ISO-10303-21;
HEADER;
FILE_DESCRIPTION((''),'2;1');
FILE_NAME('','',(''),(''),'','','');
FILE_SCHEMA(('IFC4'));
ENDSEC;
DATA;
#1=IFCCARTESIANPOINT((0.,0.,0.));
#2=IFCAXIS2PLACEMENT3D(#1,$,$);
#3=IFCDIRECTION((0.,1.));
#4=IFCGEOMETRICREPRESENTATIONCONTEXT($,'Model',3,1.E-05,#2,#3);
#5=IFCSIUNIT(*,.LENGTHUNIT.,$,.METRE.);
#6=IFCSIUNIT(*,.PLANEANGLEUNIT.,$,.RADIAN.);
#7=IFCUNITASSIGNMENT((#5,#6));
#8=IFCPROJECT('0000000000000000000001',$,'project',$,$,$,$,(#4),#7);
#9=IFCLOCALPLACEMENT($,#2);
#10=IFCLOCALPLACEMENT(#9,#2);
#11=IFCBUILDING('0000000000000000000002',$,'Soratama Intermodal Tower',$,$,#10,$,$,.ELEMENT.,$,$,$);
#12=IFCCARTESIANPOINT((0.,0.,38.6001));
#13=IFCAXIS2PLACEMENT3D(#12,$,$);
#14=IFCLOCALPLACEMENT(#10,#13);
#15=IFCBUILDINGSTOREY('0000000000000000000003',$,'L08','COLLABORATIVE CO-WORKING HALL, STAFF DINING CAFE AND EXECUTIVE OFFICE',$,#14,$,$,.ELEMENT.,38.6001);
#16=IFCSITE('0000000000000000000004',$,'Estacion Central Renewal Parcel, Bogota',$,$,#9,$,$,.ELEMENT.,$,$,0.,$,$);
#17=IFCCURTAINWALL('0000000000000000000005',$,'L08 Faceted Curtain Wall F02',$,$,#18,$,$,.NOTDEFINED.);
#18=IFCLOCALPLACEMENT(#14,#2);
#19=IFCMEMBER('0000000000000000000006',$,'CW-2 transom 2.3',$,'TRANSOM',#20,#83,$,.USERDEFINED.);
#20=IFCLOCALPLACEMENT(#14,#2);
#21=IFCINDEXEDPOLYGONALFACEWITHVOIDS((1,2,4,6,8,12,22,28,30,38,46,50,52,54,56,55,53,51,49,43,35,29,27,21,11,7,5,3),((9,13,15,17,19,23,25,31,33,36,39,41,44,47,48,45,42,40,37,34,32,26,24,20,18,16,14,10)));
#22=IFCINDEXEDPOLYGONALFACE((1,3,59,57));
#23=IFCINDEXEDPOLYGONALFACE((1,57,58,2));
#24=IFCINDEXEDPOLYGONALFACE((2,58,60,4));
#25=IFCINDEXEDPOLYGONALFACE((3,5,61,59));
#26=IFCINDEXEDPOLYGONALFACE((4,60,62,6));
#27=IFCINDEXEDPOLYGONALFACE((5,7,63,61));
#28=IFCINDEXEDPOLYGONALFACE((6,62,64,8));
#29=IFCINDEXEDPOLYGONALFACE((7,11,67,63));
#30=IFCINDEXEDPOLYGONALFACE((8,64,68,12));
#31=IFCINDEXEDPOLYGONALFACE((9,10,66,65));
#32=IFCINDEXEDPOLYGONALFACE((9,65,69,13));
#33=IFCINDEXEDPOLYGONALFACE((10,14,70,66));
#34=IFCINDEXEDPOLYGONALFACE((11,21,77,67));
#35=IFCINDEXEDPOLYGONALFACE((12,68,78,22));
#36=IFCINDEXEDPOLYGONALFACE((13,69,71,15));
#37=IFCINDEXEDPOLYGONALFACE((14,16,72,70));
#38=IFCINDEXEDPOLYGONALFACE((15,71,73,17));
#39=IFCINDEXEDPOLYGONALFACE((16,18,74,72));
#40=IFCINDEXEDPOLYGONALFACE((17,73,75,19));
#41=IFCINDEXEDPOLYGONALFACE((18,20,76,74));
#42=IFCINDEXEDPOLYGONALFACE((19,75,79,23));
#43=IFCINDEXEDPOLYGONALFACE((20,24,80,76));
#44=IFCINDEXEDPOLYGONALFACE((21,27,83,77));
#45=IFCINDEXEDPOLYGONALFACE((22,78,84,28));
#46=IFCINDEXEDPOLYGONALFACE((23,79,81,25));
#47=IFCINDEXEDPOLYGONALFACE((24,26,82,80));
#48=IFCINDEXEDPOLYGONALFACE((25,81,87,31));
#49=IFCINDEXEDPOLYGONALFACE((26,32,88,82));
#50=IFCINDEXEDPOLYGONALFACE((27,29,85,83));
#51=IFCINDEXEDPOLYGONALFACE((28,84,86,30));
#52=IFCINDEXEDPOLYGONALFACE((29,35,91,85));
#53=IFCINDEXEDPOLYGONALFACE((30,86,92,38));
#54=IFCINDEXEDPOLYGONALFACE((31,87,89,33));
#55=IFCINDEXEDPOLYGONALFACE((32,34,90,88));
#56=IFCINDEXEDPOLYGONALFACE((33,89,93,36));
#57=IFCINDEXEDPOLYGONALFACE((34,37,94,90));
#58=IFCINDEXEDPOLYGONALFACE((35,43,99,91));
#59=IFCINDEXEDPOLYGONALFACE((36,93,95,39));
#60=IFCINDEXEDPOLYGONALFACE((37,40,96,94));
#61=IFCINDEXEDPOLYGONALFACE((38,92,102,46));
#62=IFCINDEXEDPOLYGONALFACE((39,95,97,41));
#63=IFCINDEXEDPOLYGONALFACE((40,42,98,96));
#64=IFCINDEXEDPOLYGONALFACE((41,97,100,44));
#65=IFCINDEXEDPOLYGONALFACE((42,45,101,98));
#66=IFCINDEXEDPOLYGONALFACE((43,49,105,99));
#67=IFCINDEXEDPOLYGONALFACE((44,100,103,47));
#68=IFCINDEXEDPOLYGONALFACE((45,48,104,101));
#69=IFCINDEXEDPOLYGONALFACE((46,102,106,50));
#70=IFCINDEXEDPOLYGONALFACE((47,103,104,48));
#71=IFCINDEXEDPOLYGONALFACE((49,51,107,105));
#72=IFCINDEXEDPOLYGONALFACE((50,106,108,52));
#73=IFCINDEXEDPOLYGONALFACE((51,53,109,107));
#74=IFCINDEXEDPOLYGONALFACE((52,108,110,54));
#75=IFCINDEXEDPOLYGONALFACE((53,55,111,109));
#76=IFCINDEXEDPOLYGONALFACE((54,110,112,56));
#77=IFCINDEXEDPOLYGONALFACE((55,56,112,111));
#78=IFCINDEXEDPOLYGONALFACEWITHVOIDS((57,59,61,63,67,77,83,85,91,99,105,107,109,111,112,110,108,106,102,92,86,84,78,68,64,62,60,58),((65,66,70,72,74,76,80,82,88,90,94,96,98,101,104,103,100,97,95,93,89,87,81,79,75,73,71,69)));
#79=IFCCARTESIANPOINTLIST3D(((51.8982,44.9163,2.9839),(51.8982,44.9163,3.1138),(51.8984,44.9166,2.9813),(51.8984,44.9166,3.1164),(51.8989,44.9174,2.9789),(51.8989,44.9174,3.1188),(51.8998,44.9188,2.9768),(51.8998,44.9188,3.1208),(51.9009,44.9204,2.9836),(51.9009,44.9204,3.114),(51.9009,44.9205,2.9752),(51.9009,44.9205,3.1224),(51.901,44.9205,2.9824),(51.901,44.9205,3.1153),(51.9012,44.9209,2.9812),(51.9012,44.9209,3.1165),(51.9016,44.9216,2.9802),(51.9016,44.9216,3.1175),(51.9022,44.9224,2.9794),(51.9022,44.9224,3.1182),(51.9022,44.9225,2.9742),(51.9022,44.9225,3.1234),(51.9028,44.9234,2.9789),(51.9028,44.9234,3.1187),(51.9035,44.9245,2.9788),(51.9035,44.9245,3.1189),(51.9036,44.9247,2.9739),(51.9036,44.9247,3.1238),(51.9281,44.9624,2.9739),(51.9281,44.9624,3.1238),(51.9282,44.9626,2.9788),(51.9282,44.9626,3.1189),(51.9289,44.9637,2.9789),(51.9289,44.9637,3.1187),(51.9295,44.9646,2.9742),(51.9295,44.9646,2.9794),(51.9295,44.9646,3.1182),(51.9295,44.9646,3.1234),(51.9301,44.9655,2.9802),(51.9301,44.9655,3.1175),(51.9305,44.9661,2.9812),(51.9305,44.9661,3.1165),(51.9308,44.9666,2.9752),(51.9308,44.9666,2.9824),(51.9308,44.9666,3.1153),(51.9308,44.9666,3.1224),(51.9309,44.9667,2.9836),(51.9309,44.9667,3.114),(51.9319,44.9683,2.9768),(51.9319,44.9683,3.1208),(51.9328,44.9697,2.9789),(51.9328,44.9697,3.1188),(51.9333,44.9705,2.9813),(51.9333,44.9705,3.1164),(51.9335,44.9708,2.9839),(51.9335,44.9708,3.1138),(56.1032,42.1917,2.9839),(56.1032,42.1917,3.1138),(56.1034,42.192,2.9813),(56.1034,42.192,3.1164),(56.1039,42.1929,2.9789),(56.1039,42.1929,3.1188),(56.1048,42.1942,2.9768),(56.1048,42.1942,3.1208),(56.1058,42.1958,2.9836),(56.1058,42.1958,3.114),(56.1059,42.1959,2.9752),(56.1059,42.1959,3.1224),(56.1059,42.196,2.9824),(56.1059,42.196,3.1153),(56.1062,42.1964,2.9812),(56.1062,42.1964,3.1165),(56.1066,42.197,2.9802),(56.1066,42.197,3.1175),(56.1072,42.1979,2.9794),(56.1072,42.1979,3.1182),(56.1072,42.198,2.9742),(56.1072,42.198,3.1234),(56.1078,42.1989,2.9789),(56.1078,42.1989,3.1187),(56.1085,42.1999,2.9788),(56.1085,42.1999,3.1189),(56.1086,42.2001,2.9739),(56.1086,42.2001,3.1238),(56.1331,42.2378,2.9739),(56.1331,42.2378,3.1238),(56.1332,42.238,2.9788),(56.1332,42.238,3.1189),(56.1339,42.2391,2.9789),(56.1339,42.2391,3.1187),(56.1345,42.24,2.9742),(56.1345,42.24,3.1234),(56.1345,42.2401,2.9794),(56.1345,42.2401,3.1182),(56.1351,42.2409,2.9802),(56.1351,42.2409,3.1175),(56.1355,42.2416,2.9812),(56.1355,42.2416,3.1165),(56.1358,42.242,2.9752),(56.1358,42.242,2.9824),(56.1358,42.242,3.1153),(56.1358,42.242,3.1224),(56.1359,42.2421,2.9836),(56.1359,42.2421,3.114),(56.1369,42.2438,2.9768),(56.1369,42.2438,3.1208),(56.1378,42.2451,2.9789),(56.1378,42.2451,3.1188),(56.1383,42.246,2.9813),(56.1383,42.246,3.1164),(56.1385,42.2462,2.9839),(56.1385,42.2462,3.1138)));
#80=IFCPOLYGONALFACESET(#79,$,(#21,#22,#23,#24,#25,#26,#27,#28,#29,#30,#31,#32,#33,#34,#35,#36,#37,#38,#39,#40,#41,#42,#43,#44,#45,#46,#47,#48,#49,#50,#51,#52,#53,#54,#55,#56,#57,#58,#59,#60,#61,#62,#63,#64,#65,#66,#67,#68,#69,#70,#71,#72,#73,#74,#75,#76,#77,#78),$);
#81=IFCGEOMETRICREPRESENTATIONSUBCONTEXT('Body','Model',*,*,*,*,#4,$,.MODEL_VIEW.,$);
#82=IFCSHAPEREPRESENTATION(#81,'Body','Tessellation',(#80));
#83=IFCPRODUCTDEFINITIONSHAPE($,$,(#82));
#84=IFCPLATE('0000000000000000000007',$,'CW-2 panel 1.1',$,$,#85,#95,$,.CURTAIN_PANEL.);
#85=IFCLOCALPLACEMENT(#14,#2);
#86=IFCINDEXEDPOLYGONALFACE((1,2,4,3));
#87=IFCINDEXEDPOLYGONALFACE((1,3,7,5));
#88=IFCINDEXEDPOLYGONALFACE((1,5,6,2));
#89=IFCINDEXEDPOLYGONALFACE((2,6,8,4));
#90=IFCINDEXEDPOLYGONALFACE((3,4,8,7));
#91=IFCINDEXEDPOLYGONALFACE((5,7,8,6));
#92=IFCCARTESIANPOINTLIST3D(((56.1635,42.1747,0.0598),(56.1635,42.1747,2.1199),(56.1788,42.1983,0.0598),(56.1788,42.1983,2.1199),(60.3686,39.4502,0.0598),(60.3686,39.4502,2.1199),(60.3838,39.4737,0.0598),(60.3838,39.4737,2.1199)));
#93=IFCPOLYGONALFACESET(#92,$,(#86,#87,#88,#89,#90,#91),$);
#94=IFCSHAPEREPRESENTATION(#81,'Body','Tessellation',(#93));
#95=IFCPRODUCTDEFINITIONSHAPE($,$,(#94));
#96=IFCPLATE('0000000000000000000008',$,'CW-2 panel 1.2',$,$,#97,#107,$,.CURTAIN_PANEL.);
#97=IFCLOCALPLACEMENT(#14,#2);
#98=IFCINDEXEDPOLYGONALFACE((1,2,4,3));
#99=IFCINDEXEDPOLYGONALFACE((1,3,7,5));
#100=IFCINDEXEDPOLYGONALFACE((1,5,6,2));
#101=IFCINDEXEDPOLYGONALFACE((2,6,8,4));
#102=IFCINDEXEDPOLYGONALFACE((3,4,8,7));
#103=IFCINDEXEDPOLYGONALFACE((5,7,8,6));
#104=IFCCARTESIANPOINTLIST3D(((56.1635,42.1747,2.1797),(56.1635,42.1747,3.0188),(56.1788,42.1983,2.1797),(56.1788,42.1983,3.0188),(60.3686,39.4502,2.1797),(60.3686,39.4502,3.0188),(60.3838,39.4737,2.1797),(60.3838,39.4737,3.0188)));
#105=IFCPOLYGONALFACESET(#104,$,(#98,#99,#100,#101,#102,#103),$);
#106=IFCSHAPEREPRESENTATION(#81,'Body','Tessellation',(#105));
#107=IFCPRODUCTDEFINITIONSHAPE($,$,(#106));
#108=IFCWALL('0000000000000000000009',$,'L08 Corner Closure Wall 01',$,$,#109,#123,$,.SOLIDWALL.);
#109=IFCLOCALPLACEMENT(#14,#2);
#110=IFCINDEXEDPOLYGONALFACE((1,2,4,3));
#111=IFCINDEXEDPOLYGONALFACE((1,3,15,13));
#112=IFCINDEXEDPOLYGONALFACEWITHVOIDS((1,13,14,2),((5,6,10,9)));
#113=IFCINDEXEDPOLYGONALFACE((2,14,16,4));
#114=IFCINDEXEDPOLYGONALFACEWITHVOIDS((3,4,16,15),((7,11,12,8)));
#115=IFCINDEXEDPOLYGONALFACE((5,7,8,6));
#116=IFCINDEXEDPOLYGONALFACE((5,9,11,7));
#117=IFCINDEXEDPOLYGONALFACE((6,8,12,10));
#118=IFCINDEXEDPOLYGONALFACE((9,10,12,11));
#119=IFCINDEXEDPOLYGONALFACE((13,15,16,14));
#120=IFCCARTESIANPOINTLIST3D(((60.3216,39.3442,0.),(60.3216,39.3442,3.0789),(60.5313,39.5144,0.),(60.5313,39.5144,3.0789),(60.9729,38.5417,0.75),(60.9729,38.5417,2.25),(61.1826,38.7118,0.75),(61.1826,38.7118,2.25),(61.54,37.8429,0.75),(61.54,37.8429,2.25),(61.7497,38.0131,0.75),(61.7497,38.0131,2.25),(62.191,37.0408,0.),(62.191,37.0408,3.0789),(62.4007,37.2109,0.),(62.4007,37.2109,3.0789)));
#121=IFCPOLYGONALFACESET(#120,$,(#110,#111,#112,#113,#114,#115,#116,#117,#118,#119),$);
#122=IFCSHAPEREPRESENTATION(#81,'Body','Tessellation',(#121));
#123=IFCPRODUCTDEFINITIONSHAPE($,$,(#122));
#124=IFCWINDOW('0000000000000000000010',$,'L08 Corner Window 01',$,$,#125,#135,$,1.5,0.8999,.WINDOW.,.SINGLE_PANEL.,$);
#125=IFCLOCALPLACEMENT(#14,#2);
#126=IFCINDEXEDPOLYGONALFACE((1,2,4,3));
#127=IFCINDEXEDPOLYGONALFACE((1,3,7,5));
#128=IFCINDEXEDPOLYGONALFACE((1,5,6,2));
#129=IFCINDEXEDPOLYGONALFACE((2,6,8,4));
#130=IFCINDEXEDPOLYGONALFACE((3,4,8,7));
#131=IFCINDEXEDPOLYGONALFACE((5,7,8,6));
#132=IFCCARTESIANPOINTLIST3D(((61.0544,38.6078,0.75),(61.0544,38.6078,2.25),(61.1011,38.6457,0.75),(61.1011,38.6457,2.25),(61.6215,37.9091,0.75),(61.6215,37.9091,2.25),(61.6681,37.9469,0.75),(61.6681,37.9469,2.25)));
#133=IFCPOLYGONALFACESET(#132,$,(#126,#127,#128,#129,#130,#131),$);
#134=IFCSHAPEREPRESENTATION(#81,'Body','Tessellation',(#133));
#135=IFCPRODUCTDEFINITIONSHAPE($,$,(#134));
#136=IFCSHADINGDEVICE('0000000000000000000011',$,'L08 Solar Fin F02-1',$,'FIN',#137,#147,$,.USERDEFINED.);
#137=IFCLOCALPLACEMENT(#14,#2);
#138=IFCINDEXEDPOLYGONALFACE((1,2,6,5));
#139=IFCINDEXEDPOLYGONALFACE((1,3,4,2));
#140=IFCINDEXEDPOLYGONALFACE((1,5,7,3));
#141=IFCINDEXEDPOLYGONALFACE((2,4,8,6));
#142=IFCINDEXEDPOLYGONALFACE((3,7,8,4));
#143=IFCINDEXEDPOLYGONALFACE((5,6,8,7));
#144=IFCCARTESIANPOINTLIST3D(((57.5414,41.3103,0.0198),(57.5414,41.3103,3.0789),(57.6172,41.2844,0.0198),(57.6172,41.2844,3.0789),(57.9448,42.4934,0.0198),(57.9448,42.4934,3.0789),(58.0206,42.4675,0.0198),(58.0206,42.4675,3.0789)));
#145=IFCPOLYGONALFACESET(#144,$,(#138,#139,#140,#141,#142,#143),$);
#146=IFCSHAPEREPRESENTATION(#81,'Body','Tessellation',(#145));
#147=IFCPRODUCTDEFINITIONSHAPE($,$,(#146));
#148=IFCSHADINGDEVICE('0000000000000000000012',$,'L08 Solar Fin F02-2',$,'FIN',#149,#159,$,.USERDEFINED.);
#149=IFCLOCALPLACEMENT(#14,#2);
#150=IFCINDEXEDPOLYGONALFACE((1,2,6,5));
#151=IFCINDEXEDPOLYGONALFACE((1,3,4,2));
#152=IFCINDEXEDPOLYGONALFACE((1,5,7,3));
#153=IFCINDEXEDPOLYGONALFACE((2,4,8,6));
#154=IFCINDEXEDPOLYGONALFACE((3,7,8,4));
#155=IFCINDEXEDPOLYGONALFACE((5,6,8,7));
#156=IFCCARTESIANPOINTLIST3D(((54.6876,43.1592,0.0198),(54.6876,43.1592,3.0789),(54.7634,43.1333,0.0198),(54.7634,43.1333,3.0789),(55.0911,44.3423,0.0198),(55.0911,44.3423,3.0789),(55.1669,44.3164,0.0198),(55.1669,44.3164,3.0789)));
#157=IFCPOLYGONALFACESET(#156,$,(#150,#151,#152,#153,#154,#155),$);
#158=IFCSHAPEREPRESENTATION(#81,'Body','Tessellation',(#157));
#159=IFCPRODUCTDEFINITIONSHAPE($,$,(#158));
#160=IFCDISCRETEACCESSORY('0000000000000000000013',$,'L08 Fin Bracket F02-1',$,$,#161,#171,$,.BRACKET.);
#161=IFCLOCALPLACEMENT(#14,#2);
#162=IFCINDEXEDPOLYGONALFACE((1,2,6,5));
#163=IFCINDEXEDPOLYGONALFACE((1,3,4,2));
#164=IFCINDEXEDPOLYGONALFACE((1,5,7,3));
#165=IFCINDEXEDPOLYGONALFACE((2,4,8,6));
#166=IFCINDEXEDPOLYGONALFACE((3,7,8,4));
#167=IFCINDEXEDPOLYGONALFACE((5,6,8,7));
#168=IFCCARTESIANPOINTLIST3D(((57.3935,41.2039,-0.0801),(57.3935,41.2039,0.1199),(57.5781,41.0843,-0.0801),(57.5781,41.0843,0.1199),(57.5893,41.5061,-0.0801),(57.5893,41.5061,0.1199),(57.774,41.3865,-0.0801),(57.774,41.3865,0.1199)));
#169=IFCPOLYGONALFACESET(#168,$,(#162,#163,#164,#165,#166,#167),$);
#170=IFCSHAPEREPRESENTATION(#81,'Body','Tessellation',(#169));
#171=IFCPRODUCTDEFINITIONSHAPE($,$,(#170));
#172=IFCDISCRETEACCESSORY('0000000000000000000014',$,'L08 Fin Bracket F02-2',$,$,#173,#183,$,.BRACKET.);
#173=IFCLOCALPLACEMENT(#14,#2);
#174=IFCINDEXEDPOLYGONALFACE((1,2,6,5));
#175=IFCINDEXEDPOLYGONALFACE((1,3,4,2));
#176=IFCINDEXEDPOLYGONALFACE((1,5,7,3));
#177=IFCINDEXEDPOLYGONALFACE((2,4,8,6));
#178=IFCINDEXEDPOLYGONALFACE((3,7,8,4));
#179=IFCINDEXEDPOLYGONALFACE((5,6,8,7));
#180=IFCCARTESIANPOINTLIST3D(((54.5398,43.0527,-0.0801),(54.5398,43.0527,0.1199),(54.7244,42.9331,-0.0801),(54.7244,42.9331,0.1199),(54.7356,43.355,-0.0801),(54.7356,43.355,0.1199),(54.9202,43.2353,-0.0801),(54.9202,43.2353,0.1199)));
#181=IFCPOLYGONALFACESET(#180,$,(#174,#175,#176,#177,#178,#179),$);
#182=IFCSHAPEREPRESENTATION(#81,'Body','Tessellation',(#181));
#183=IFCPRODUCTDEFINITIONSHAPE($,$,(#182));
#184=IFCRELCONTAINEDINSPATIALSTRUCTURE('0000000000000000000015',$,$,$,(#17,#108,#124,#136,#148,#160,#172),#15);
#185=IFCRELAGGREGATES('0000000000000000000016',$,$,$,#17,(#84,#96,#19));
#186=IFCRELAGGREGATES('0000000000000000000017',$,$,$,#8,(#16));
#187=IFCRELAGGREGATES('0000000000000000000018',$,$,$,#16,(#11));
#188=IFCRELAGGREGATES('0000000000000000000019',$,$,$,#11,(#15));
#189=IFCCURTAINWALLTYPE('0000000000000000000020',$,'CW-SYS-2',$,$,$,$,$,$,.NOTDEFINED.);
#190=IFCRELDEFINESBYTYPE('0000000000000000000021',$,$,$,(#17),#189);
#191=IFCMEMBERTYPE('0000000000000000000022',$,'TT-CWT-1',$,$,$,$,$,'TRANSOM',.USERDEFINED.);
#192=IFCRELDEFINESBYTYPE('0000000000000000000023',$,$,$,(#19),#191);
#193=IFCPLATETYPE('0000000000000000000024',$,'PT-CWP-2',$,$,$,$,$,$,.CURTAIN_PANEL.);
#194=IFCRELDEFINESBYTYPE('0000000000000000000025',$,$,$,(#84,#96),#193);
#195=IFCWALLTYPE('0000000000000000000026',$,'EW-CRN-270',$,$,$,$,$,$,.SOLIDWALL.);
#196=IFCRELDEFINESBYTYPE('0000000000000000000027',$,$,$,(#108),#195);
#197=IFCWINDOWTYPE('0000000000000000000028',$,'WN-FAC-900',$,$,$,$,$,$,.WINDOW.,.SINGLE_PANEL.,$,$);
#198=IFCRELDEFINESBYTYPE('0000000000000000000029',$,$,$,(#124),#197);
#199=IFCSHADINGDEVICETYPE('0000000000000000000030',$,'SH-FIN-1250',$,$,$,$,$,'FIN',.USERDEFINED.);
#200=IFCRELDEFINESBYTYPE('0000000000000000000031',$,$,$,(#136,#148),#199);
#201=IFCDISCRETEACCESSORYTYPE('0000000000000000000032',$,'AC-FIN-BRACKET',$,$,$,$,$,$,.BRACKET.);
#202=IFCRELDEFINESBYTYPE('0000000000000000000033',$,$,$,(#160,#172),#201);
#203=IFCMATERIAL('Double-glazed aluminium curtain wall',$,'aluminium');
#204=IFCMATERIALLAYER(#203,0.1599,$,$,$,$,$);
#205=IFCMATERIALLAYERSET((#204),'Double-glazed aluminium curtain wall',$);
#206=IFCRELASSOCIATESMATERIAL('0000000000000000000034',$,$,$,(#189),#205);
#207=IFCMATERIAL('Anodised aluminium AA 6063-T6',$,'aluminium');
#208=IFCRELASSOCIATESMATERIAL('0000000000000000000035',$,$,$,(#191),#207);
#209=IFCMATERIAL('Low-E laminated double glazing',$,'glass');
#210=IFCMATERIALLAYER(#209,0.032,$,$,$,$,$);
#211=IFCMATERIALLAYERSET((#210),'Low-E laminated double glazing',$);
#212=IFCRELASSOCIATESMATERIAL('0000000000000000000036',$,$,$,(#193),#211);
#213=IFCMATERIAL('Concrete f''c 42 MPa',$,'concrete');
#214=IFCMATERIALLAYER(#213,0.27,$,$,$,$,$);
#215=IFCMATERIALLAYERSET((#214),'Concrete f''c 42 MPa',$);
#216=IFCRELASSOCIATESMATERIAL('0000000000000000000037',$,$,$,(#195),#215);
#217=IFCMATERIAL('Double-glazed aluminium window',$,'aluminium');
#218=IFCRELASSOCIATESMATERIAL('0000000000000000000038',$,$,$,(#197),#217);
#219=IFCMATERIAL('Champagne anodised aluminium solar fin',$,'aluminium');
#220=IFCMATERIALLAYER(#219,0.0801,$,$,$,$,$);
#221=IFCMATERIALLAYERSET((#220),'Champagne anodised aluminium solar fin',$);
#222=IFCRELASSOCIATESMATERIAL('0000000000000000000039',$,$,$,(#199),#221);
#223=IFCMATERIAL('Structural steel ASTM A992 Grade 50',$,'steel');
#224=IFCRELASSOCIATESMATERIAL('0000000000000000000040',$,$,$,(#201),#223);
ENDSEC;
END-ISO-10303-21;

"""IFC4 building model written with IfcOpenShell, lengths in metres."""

from ifc_helpers import new_model, si_unit, direction, frame, frame_2d, origin, origin_2d, place, context, subcontext, project, spatial, rectangle, hollow_rectangle, extrude, material, layer, layer_set, material_profile, profile_set, type_object, element, fill, aggregate, save


model = new_model("IFC4")

# Units and contexts
model_context = context("Model", 3, precision=1e-05, world=origin(), true_north=direction((0.0, 1.0)))
body_context = subcontext(model_context, "Body", "Model", "MODEL_VIEW")
ifc_project = project(units=[si_unit("LENGTHUNIT", "METRE"), si_unit("PLANEANGLEUNIT", "RADIAN")], contexts=[model_context])

# Site, building, storey
site_placement = place(None, origin())
site = spatial("IfcSite", under=ifc_project, at=site_placement, Name="Estacion Central Renewal Parcel, Bogota", CompositionType="ELEMENT", RefElevation=0.0)
building_placement = place(site_placement, origin())
building = spatial("IfcBuilding", under=site, at=building_placement, Name="Soratama Intermodal Tower", CompositionType="ELEMENT")
storey_placement = place(building_placement, frame((0.0, 0.0, 38.6001)))
storey = spatial("IfcBuildingStorey", under=building, at=storey_placement, Name="L08", Description="COLLABORATIVE CO-WORKING HALL, STAFF DINING CAFE AND EXECUTIVE OFFICE", CompositionType="ELEMENT", Elevation=38.6001)

# Shared definitions
ifc_material_1 = material(Name="Double-glazed aluminium curtain wall", Category="aluminium")
ifc_layer_1 = layer(ifc_material_1, 0.1599)
ifc_layer_set_1 = layer_set([ifc_layer_1], Name="Double-glazed aluminium curtain wall")
curtain_wall_type = type_object("IfcCurtainWallType", Name="CW-SYS-2", PredefinedType="NOTDEFINED", material=ifc_layer_set_1)

# Curtain wall, member, plates
curtain_wall_1_placement = place(storey_placement, origin())
curtain_wall_1 = element("IfcCurtainWall", 1, at=curtain_wall_1_placement, inside=storey, type_object=curtain_wall_type, Name="L08 Faceted Curtain Wall F02", PredefinedType="NOTDEFINED")
ifc_material_2 = material(Name="Anodised aluminium AA 6063-T6", Category="aluminium")
ifc_material_profile_1 = material_profile(ifc_material_2, hollow_rectangle(XDim=0.0649, YDim=0.1499, WallThickness=0.0049, InnerFilletRadius=0.0049, OuterFilletRadius=0.01, at=origin_2d()), Name="CWT150X65X5")
ifc_profile_set_1 = profile_set([ifc_material_profile_1], Name="Anodised aluminium AA 6063-T6")
member_type_1 = type_object("IfcMemberType", Name="TT-CWT-1", ElementType="TRANSOM", PredefinedType="USERDEFINED", material=ifc_profile_set_1)
member_1_placement = place(storey_placement, frame((56.1208, 42.219, 3.0488), z_axis=(-0.839235, 0.543768, 0.0), x_axis=(-0.543768, -0.839235, 0.0)))
member_1 = element("IfcMember", 2, at=member_1_placement, type_object=member_type_1, Name="CW-2 transom 2.3", ObjectType="TRANSOM", PredefinedType="USERDEFINED", context=body_context, shape_type="SweptSolid", body=[
    extrude(hollow_rectangle(XDim=0.0649, YDim=0.1499, WallThickness=0.0049, InnerFilletRadius=0.0049, OuterFilletRadius=0.01, at=origin_2d()), origin(), (0.0, 0.0, 1.0), 5.0105),
])
ifc_material_3 = material(Name="Low-E laminated double glazing", Category="glass")
ifc_layer_2 = layer(ifc_material_3, 0.032)
ifc_layer_set_2 = layer_set([ifc_layer_2], Name="Low-E laminated double glazing")
plate_type = type_object("IfcPlateType", Name="PT-CWP-2", PredefinedType="CURTAIN_PANEL", material=ifc_layer_set_2)
plate_1_placement = place(storey_placement, frame((58.2737, 40.8242, 0.0598), z_axis=(0.0, 0.0, 1.0), x_axis=(-0.839239, 0.543763, 0.0)))
plate_1 = element("IfcPlate", 3, at=plate_1_placement, type_object=plate_type, Name="CW-2 panel 1.1", PredefinedType="CURTAIN_PANEL", context=body_context, shape_type="SweptSolid", body=[
    extrude(rectangle(XDim=5.0105, YDim=0.0281, at=origin_2d()), origin(), (0.0, 0.0, 1.0), 2.0601),
])
plate_2_placement = place(storey_placement, frame((58.2737, 40.8242, 2.1797), z_axis=(0.0, 0.0, 1.0), x_axis=(-0.839239, 0.543763, 0.0)))
plate_2 = element("IfcPlate", 4, at=plate_2_placement, type_object=plate_type, Name="CW-2 panel 1.2", PredefinedType="CURTAIN_PANEL", context=body_context, shape_type="SweptSolid", body=[
    extrude(rectangle(XDim=5.0105, YDim=0.0281, at=origin_2d()), origin(), (0.0, 0.0, 1.0), 0.8391),
])
aggregate(curtain_wall_1, [plate_1, plate_2, member_1])

# Wall, opening, window
ifc_material_4 = material(Name="Concrete f'c 42 MPa", Category="concrete")
ifc_layer_3 = layer(ifc_material_4, 0.27)
ifc_layer_set_3 = layer_set([ifc_layer_3], Name="Concrete f'c 42 MPa")
wall_type = type_object("IfcWallType", Name="EW-CRN-270", PredefinedType="SOLIDWALL", material=ifc_layer_set_3)
wall_placement = place(storey_placement, frame((62.2959, 37.1257, 0.0), z_axis=(0.0, 0.0, 1.0), x_axis=(-0.630149, 0.776474, 0.0)))
wall = element("IfcWall", 5, at=wall_placement, inside=storey, type_object=wall_type, Name="L08 Corner Closure Wall 01", PredefinedType="SOLIDWALL", context=body_context, shape_type="SweptSolid", body=[
    extrude(rectangle(XDim=2.9666, YDim=0.27, at=frame_2d((1.4834, 0.0))), origin(), (0.0, 0.0, 1.0), 3.0789),
])
opening_placement = place(wall_placement, frame((1.0332, 0.0, 0.75)))
opening = element("IfcOpeningElement", 6, at=opening_placement, cuts=wall, PredefinedType="OPENING", context=body_context, shape_type="SweptSolid", body=[
    extrude(rectangle(XDim=0.8999, YDim=1.5, at=frame_2d((0.45, 0.75))), frame((0.0, 0.145, 0.0), z_axis=(0.0, -1.0, 0.0), x_axis=(1.0, 0.0, 0.0)), (0.0, 0.0, 1.0), 0.29),
])
ifc_material_5 = material(Name="Double-glazed aluminium window", Category="aluminium")
window_type = type_object("IfcWindowType", Name="WN-FAC-900", PartitioningType="SINGLE_PANEL", PredefinedType="WINDOW", material=ifc_material_5)
window_placement = place(opening_placement, origin())
window = element("IfcWindow", 7, at=window_placement, inside=storey, type_object=window_type, Name="L08 Corner Window 01", OverallHeight=1.5, OverallWidth=0.8999, PartitioningType="SINGLE_PANEL", PredefinedType="WINDOW", context=body_context, shape_type="SweptSolid", body=[
    extrude(rectangle(XDim=0.8999, YDim=1.5, at=frame_2d((0.45, 0.75))), frame((0.0, 0.03, 0.0), z_axis=(0.0, -1.0, 0.0), x_axis=(1.0, 0.0, 0.0)), (0.0, 0.0, 1.0), 0.0601),
])
fill(opening, window)

# Shading devices
ifc_material_6 = material(Name="Champagne anodised aluminium solar fin", Category="aluminium")
ifc_layer_4 = layer(ifc_material_6, 0.0801)
ifc_layer_set_4 = layer_set([ifc_layer_4], Name="Champagne anodised aluminium solar fin")
shading_device_type = type_object("IfcShadingDeviceType", Name="SH-FIN-1250", ElementType="FIN", PredefinedType="USERDEFINED", material=ifc_layer_set_4)
for number, where, z_axis, x_axis, name in (
    (8, (57.781, 41.8889, 0.0198), (0.0, 0.0, 1.0), (0.322761, 0.94648, 0.0), "L08 Solar Fin F02-1"),
    (9, (54.9272, 43.7378, 0.0198), (0.0, 0.0, 1.0), (0.322761, 0.94648, 0.0), "L08 Solar Fin F02-2"),
):
    element("IfcShadingDevice", number, at=place(storey_placement, frame(where, z_axis=z_axis, x_axis=x_axis)), inside=storey, type_object=shading_device_type, Name=name, ObjectType="FIN", PredefinedType="USERDEFINED", context=body_context, shape_type="SweptSolid", body=[
        extrude(rectangle(XDim=1.25, YDim=0.0801, at=origin_2d()), origin(), (0.0, 0.0, 1.0), 3.0591),
    ])

# Discrete accessories
ifc_material_7 = material(Name="Structural steel ASTM A992 Grade 50", Category="steel")
discrete_accessory_type = type_object("IfcDiscreteAccessoryType", Name="AC-FIN-BRACKET", PredefinedType="BRACKET", material=ifc_material_7)
for number, where, z_axis, x_axis, name in (
    (10, (57.5837, 41.2952, -0.0801), (0.0, 0.0, 1.0), (0.54376, 0.83924, 0.0), "L08 Fin Bracket F02-1"),
    (11, (54.73, 43.144, -0.0801), (0.0, 0.0, 1.0), (0.54376, 0.83924, 0.0), "L08 Fin Bracket F02-2"),
):
    element("IfcDiscreteAccessory", number, at=place(storey_placement, frame(where, z_axis=z_axis, x_axis=x_axis)), inside=storey, type_object=discrete_accessory_type, Name=name, PredefinedType="BRACKET", context=body_context, shape_type="SweptSolid", body=[
        extrude(rectangle(XDim=0.3601, YDim=0.22, at=origin_2d()), origin(), (0.0, 0.0, 1.0), 0.2),
    ])

save(model, "model.ifc")
